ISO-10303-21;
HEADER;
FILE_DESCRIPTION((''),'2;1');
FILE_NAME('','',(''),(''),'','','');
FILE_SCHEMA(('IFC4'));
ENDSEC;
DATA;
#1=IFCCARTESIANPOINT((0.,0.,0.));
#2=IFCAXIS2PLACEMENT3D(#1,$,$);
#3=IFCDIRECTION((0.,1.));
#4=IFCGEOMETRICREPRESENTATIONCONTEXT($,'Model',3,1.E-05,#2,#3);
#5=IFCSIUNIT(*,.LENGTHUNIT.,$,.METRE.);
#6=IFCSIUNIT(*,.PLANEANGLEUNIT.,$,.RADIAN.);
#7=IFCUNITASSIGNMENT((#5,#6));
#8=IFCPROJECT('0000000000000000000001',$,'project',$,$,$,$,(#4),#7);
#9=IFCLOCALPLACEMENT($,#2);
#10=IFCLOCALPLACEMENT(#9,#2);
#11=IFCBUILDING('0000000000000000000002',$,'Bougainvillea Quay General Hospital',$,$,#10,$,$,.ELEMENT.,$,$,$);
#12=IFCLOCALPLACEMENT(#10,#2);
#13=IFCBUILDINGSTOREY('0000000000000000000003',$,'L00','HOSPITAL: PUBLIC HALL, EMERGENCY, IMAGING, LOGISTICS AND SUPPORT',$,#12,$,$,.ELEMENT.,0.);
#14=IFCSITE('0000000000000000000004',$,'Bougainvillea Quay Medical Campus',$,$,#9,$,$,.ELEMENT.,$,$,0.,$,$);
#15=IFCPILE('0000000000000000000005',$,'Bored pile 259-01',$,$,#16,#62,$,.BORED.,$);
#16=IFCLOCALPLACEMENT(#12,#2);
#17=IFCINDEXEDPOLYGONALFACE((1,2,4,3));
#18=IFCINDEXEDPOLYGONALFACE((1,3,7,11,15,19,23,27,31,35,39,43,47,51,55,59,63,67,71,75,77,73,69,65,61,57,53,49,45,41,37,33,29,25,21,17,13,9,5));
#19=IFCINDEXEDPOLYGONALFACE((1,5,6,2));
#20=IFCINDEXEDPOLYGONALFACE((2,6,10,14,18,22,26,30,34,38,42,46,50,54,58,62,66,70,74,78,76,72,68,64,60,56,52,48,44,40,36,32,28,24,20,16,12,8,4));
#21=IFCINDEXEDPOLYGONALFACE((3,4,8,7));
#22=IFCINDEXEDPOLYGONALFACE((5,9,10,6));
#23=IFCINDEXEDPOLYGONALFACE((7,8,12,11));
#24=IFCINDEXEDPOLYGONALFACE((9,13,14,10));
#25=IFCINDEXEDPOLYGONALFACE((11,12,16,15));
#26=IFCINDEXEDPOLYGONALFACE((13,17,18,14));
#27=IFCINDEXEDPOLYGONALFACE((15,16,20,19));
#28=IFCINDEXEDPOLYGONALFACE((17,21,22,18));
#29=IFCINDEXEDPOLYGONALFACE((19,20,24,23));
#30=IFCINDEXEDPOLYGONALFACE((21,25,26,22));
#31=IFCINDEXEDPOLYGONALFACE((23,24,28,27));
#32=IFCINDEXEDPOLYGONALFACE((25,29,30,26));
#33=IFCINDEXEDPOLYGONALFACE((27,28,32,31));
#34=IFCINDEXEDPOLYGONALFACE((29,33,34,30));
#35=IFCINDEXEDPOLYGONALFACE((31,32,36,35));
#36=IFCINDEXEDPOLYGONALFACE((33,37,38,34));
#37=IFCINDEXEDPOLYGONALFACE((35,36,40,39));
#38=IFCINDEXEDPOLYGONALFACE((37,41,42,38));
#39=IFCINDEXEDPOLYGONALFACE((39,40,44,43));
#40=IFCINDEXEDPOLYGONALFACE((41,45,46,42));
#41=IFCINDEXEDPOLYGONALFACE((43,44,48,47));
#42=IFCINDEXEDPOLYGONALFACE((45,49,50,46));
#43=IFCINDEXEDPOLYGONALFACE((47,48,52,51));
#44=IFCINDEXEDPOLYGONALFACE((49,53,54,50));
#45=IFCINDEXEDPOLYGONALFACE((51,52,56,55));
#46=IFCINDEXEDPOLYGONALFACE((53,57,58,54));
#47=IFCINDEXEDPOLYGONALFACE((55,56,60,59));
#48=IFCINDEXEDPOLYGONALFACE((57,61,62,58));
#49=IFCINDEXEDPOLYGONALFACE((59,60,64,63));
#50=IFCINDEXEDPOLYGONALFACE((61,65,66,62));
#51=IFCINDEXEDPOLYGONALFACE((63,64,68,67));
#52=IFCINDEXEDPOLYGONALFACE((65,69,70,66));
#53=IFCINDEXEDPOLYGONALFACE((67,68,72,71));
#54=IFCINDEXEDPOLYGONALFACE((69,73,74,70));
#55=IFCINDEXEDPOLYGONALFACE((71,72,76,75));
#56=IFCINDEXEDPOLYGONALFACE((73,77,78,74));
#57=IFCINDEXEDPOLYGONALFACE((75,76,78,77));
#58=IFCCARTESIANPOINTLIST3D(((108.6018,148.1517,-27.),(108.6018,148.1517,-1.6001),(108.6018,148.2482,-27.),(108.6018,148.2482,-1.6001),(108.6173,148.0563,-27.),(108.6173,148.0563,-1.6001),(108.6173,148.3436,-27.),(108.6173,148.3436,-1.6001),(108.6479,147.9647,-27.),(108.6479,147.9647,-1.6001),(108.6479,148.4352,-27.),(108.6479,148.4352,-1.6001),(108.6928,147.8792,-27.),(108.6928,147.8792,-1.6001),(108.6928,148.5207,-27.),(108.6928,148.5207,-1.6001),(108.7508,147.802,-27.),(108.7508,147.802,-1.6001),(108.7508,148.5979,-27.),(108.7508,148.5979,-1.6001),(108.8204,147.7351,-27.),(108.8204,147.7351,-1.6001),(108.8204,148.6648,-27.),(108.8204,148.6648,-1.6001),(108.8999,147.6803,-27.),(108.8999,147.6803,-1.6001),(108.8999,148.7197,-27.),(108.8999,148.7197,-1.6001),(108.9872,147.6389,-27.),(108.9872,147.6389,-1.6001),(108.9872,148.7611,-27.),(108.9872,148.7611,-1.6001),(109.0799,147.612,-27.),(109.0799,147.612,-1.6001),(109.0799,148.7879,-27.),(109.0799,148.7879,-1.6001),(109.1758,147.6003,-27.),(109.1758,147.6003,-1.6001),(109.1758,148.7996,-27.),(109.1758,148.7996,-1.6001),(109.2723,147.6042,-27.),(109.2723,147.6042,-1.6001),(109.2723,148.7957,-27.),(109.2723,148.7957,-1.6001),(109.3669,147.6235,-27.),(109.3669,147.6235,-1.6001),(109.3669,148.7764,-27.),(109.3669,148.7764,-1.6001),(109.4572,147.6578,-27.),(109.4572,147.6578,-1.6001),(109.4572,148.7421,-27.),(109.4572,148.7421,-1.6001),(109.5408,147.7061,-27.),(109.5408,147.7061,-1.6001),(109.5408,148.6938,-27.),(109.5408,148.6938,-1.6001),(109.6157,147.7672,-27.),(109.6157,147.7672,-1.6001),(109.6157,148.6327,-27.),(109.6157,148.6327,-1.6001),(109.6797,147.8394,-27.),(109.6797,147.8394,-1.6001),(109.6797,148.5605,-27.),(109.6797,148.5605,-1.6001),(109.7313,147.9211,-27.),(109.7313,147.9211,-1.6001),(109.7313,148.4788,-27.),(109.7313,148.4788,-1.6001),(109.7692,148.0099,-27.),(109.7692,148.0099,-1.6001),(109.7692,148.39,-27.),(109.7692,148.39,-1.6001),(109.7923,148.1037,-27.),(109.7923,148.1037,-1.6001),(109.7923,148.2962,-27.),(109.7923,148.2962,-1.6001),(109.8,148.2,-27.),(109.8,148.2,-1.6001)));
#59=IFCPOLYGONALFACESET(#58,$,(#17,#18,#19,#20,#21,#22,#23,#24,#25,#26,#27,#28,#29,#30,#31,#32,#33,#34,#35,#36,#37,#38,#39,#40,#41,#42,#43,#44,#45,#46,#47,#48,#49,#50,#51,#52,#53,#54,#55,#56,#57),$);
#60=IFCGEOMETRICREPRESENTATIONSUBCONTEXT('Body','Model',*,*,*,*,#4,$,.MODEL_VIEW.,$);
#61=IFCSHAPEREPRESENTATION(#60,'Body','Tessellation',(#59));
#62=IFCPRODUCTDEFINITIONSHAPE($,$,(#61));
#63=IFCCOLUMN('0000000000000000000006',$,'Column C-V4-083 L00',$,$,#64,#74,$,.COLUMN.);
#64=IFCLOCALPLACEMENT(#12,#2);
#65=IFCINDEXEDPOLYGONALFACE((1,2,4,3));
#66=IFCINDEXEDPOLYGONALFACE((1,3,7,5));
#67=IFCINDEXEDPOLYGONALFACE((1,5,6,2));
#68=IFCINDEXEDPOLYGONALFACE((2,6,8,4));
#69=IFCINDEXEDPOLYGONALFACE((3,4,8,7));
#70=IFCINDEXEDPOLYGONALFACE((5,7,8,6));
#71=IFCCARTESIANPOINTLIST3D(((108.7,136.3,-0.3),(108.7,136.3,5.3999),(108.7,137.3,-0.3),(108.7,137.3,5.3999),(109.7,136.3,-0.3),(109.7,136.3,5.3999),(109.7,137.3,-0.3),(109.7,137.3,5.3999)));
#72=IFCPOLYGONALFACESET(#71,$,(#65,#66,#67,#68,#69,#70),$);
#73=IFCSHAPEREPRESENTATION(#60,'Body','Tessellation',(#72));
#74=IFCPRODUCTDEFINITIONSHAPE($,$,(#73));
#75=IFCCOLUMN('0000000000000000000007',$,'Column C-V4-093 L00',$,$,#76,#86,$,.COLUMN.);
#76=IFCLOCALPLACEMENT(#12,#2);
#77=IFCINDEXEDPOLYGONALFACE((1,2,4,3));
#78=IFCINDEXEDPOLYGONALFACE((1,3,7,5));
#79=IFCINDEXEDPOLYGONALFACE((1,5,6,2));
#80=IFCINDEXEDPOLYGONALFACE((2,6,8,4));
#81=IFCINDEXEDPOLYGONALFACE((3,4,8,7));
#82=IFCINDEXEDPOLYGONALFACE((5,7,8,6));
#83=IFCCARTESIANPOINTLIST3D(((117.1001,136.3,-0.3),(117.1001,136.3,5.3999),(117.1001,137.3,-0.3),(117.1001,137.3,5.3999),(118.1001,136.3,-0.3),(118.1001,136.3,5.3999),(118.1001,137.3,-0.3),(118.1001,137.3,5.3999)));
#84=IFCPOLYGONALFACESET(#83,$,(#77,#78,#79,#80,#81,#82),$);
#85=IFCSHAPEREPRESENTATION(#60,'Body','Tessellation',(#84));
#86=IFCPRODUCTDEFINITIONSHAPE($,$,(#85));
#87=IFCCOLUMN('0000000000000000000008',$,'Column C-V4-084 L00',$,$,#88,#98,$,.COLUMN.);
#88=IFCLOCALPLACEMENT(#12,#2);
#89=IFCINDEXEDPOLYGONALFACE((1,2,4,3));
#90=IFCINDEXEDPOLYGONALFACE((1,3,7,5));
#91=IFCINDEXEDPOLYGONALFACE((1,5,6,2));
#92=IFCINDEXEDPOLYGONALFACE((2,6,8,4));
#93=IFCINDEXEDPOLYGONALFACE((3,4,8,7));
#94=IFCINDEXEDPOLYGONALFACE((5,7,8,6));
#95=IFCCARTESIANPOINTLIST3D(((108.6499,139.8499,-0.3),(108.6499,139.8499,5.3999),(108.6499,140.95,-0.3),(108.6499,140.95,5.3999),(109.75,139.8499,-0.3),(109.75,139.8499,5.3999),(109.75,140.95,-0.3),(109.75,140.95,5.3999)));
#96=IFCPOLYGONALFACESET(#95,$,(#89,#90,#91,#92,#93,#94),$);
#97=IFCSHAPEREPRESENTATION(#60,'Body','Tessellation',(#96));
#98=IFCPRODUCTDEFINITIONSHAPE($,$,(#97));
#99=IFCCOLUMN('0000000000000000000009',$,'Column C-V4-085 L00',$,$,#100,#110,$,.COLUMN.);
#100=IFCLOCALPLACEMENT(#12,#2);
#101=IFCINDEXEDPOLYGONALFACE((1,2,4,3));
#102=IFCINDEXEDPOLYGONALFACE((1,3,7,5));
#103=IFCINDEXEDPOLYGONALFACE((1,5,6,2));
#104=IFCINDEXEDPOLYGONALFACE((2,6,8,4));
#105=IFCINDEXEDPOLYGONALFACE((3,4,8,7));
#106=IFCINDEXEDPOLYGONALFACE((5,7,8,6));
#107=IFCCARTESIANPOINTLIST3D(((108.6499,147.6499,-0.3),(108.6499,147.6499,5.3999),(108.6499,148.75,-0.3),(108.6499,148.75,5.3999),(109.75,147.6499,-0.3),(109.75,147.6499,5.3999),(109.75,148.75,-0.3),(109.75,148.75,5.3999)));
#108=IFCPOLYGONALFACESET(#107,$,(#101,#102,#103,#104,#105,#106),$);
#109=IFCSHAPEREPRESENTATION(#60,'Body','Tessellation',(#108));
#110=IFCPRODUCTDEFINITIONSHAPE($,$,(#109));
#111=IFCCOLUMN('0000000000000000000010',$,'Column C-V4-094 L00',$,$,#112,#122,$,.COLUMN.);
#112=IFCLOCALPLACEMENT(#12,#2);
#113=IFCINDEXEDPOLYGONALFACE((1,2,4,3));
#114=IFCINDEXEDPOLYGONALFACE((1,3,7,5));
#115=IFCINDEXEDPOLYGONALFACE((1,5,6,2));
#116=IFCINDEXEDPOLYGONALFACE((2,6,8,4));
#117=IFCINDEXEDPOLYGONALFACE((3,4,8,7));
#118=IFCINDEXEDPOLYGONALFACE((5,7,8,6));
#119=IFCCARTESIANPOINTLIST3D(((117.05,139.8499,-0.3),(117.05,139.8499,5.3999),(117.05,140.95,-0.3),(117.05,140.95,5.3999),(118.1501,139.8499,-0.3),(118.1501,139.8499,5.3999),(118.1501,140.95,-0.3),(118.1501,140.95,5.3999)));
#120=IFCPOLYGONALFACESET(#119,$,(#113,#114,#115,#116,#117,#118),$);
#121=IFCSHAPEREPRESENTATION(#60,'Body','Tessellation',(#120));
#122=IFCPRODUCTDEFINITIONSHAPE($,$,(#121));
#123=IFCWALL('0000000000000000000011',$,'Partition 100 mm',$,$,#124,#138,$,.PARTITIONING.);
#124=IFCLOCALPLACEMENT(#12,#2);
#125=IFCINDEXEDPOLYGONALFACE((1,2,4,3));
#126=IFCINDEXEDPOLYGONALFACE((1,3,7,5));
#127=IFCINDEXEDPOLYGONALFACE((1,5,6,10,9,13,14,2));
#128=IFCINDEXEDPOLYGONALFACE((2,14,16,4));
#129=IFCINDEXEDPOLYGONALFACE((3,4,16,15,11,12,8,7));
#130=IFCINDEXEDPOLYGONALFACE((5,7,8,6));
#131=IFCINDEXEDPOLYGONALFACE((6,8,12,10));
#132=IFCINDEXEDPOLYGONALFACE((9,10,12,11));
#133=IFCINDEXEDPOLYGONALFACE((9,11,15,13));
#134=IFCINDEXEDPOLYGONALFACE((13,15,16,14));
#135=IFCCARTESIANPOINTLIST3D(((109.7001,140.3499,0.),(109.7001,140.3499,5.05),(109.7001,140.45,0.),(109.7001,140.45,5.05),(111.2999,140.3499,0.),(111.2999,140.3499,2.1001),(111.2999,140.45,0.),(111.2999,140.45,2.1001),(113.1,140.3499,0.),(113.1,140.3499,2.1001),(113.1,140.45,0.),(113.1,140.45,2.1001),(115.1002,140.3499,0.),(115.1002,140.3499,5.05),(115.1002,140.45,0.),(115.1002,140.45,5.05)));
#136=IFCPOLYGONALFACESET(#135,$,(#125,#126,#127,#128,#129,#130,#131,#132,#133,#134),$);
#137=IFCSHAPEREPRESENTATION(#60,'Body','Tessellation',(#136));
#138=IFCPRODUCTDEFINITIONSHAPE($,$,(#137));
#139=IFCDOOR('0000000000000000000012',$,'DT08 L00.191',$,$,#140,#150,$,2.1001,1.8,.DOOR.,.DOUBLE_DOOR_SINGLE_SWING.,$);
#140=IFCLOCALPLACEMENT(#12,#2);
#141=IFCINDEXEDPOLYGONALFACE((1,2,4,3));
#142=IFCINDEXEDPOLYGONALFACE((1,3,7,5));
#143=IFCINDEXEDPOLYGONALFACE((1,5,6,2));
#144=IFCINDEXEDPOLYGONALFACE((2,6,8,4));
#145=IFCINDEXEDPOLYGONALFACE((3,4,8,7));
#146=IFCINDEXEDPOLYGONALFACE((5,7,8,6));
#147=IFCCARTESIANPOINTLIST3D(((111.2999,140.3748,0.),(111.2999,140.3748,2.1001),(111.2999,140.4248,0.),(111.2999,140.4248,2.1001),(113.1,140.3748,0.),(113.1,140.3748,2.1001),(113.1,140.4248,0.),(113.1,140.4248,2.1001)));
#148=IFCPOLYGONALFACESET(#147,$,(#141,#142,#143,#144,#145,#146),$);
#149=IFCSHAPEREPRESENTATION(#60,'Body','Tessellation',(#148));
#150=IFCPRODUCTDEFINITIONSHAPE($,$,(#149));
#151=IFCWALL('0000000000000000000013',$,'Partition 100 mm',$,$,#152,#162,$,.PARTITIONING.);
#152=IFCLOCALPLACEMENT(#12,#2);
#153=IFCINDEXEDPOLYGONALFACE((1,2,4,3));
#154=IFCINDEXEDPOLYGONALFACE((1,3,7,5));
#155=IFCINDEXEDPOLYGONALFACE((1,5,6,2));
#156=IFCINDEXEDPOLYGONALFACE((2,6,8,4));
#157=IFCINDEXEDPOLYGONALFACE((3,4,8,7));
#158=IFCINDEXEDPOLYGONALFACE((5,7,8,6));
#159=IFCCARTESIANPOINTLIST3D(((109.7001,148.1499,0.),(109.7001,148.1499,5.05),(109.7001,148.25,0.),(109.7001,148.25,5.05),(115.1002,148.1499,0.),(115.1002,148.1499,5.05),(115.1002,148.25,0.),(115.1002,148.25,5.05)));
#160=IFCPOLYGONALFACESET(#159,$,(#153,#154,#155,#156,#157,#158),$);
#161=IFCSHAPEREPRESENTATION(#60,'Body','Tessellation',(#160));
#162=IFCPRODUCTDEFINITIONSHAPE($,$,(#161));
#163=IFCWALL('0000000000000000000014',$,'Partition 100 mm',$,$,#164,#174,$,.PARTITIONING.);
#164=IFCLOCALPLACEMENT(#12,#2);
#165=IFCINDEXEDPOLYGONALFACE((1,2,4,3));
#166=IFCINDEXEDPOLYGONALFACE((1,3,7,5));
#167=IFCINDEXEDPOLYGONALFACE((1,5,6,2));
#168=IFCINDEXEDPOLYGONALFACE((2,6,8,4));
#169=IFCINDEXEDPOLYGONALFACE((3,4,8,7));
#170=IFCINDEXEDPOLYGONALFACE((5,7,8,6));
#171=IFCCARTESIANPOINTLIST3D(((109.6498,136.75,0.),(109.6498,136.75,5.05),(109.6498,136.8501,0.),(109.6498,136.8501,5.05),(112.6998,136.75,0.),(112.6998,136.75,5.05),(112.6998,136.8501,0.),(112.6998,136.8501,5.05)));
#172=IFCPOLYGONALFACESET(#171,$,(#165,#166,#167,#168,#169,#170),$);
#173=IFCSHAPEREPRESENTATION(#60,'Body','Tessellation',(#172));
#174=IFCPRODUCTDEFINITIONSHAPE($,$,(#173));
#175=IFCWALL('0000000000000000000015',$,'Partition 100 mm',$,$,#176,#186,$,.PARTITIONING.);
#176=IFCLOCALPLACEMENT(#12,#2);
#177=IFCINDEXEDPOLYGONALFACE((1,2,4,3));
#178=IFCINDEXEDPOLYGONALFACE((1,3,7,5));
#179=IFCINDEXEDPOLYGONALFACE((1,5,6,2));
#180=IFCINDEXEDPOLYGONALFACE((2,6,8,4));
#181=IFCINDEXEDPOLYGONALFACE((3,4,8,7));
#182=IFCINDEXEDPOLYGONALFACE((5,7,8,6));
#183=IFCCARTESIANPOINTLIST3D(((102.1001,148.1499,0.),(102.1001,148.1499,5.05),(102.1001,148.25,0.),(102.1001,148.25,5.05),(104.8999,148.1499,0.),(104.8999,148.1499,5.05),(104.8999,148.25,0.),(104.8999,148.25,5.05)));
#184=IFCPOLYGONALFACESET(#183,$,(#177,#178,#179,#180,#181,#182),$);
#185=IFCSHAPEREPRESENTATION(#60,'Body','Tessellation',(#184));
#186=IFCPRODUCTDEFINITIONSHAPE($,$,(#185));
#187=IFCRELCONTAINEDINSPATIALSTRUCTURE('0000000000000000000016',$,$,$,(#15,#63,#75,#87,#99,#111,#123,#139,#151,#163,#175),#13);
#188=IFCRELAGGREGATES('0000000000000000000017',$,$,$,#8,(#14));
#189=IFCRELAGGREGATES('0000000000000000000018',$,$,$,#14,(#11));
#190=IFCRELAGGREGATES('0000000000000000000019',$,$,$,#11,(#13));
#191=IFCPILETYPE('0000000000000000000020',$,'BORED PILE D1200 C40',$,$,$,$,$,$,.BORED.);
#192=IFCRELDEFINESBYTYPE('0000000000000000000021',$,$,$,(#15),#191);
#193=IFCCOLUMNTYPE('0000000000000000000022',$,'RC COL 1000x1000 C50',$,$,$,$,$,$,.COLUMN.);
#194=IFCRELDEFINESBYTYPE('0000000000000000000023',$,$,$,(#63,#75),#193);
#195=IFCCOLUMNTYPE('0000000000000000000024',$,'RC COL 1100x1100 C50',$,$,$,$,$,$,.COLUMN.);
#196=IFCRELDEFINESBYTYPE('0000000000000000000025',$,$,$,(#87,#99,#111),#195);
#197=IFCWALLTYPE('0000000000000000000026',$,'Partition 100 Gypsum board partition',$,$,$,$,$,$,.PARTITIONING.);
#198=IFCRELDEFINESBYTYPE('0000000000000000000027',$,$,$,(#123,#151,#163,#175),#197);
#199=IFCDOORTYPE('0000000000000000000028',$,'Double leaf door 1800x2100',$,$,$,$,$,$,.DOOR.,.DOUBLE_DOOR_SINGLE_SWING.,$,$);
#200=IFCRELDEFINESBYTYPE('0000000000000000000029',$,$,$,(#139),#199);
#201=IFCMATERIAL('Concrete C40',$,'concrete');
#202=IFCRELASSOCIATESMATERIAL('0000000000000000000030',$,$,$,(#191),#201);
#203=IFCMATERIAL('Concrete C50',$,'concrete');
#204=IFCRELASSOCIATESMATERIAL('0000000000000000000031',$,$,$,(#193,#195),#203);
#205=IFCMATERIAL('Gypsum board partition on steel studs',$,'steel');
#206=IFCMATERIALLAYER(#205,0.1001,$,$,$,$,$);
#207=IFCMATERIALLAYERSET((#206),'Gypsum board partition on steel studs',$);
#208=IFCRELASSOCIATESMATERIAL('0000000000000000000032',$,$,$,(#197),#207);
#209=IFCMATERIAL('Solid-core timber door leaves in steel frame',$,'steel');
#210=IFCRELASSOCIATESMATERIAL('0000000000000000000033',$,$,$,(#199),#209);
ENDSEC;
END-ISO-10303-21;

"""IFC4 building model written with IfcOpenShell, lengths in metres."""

from ifc_helpers import new_model, si_unit, direction, frame, frame_2d, origin, origin_2d, place, context, subcontext, project, spatial, rectangle, circle, extrude, material, layer, layer_set, material_profile, profile_set, type_object, element, fill, save


model = new_model("IFC4")

# Units and contexts
model_context = context("Model", 3, precision=1e-05, world=origin(), true_north=direction((0.0, 1.0)))
body_context = subcontext(model_context, "Body", "Model", "MODEL_VIEW")
ifc_project = project(units=[si_unit("LENGTHUNIT", "METRE"), si_unit("PLANEANGLEUNIT", "RADIAN")], contexts=[model_context])

# Site, building, storey
site_placement = place(None, origin())
site = spatial("IfcSite", under=ifc_project, at=site_placement, Name="Bougainvillea Quay Medical Campus", CompositionType="ELEMENT", RefElevation=0.0)
building_placement = place(site_placement, origin())
building = spatial("IfcBuilding", under=site, at=building_placement, Name="Bougainvillea Quay General Hospital", CompositionType="ELEMENT")
storey_placement = place(building_placement, origin())
storey = spatial("IfcBuildingStorey", under=building, at=storey_placement, Name="L00", Description="HOSPITAL: PUBLIC HALL, EMERGENCY, IMAGING, LOGISTICS AND SUPPORT", CompositionType="ELEMENT", Elevation=0.0)

# Pile
ifc_material_1 = material(Name="Concrete C40", Category="concrete")
ifc_material_profile_1 = material_profile(ifc_material_1, circle(Radius=0.6001, at=origin_2d()))
ifc_profile_set_1 = profile_set([ifc_material_profile_1], Name="Concrete C40")
pile_type = type_object("IfcPileType", Name="BORED PILE D1200 C40", PredefinedType="BORED", material=ifc_profile_set_1)
for number, where, z_axis, x_axis, name in (
    (1, (109.2, 148.2, -1.6001), (0.0, 0.0, -1.0), (1.0, 0.0, 0.0), "Bored pile 259-01"),
):
    element("IfcPile", number, at=place(storey_placement, frame(where, z_axis=z_axis, x_axis=x_axis)), inside=storey, type_object=pile_type, Name=name, PredefinedType="BORED", context=body_context, shape_type="SweptSolid", body=[
        extrude(circle(Radius=0.6001, at=origin_2d()), origin(), (0.0, 0.0, 1.0), 25.3999),
    ])

# Columns
ifc_material_2 = material(Name="Concrete C50", Category="concrete")
ifc_material_profile_2 = material_profile(ifc_material_2, rectangle(XDim=1.0, YDim=1.0, at=origin_2d()))
ifc_profile_set_2 = profile_set([ifc_material_profile_2], Name="Concrete C50")
column_type_1 = type_object("IfcColumnType", Name="RC COL 1000x1000 C50", PredefinedType="COLUMN", material=ifc_profile_set_2)
for number, where, z_axis, x_axis, name in (
    (2, (109.2, 136.8, -0.3), (0.0, 0.0, 1.0), (1.0, 0.0, 0.0), "Column C-V4-083 L00"),
    (3, (117.6001, 136.8, -0.3), (0.0, 0.0, 1.0), (1.0, 0.0, 0.0), "Column C-V4-093 L00"),
):
    element("IfcColumn", number, at=place(storey_placement, frame(where, z_axis=z_axis, x_axis=x_axis)), inside=storey, type_object=column_type_1, Name=name, PredefinedType="COLUMN", context=body_context, shape_type="SweptSolid", body=[
        extrude(rectangle(XDim=1.0, YDim=1.0, at=origin_2d()), origin(), (0.0, 0.0, 1.0), 5.7),
    ])
ifc_material_profile_3 = material_profile(ifc_material_2, rectangle(XDim=1.1001, YDim=1.1001, at=origin_2d()))
ifc_profile_set_3 = profile_set([ifc_material_profile_3], Name="Concrete C50")
column_type_2 = type_object("IfcColumnType", Name="RC COL 1100x1100 C50", PredefinedType="COLUMN", material=ifc_profile_set_3)
for number, where, z_axis, x_axis, name in (
    (4, (109.2, 140.3999, -0.3), (0.0, 0.0, 1.0), (1.0, 0.0, 0.0), "Column C-V4-084 L00"),
    (5, (109.2, 148.2, -0.3), (0.0, 0.0, 1.0), (1.0, 0.0, 0.0), "Column C-V4-085 L00"),
    (6, (117.6001, 140.3999, -0.3), (0.0, 0.0, 1.0), (1.0, 0.0, 0.0), "Column C-V4-094 L00"),
):
    element("IfcColumn", number, at=place(storey_placement, frame(where, z_axis=z_axis, x_axis=x_axis)), inside=storey, type_object=column_type_2, Name=name, PredefinedType="COLUMN", context=body_context, shape_type="SweptSolid", body=[
        extrude(rectangle(XDim=1.1001, YDim=1.1001, at=origin_2d()), origin(), (0.0, 0.0, 1.0), 5.7),
    ])

# Wall, opening, door
ifc_material_3 = material(Name="Gypsum board partition on steel studs", Category="steel")
ifc_layer_1 = layer(ifc_material_3, 0.1001)
ifc_layer_set_1 = layer_set([ifc_layer_1], Name="Gypsum board partition on steel studs")
wall_type_1 = type_object("IfcWallType", Name="Partition 100 Gypsum board partition", PredefinedType="PARTITIONING", material=ifc_layer_set_1)
wall_1_placement = place(storey_placement, frame((109.7, 140.3999, 0.0), z_axis=(0.0, 0.0, 1.0), x_axis=(1.0, 0.0, 0.0)))
wall_1 = element("IfcWall", 7, at=wall_1_placement, inside=storey, type_object=wall_type_1, Name="Partition 100 mm", PredefinedType="PARTITIONING", context=body_context, shape_type="SweptSolid", body=[
    extrude(rectangle(XDim=5.4001, YDim=0.1001, at=frame_2d((2.7002, 0.0))), origin(), (0.0, 0.0, 1.0), 5.05),
])
opening_placement = place(wall_1_placement, frame((1.6001, 0.0, 0.0)))
opening = element("IfcOpeningElement", 8, at=opening_placement, cuts=wall_1, PredefinedType="OPENING", context=body_context, shape_type="SweptSolid", body=[
    extrude(rectangle(XDim=1.8, YDim=2.1001, at=frame_2d((0.8999, 1.05))), frame((0.0, 0.0601, 0.0), z_axis=(0.0, -1.0, 0.0), x_axis=(1.0, 0.0, 0.0)), (0.0, 0.0, 1.0), 0.1201),
])
ifc_material_4 = material(Name="Solid-core timber door leaves in steel frame", Category="steel")
door_type = type_object("IfcDoorType", Name="Double leaf door 1800x2100", OperationType="DOUBLE_DOOR_SINGLE_SWING", PredefinedType="DOOR", material=ifc_material_4)
door_placement = place(opening_placement, origin())
door = element("IfcDoor", 9, at=door_placement, inside=storey, type_object=door_type, Name="DT08 L00.191", OperationType="DOUBLE_DOOR_SINGLE_SWING", OverallHeight=2.1001, OverallWidth=1.8, PredefinedType="DOOR", context=body_context, shape_type="SweptSolid", body=[
    extrude(rectangle(XDim=1.8, YDim=2.1001, at=frame_2d((0.8999, 1.05))), frame((0.0, 0.0249, 0.0), z_axis=(0.0, -1.0, 0.0), x_axis=(1.0, 0.0, 0.0)), (0.0, 0.0, 1.0), 0.05),
])
fill(opening, door)

# Walls
wall_2_placement = place(storey_placement, frame((109.7, 148.2, 0.0), z_axis=(0.0, 0.0, 1.0), x_axis=(1.0, 0.0, 0.0)))
element("IfcWall", 10, at=wall_2_placement, inside=storey, type_object=wall_type_1, Name="Partition 100 mm", PredefinedType="PARTITIONING", context=body_context, shape_type="SweptSolid", body=[
    extrude(rectangle(XDim=5.4001, YDim=0.1001, at=frame_2d((2.7002, 0.0))), origin(), (0.0, 0.0, 1.0), 5.05),
])
wall_3_placement = place(storey_placement, frame((109.6499, 136.8, 0.0), z_axis=(0.0, 0.0, 1.0), x_axis=(1.0, 0.0, 0.0)))
element("IfcWall", 11, at=wall_3_placement, inside=storey, type_object=wall_type_1, Name="Partition 100 mm", PredefinedType="PARTITIONING", context=body_context, shape_type="SweptSolid", body=[
    extrude(rectangle(XDim=3.05, YDim=0.1001, at=frame_2d((1.5249, 0.0))), origin(), (0.0, 0.0, 1.0), 5.05),
])
wall_4_placement = place(storey_placement, frame((102.1001, 148.2, 0.0), z_axis=(0.0, 0.0, 1.0), x_axis=(1.0, 0.0, 0.0)))
element("IfcWall", 12, at=wall_4_placement, inside=storey, type_object=wall_type_1, Name="Partition 100 mm", PredefinedType="PARTITIONING", context=body_context, shape_type="SweptSolid", body=[
    extrude(rectangle(XDim=2.7998, YDim=0.1001, at=frame_2d((1.3999, 0.0))), origin(), (0.0, 0.0, 1.0), 5.05),
])

save(model, "model.ifc")
